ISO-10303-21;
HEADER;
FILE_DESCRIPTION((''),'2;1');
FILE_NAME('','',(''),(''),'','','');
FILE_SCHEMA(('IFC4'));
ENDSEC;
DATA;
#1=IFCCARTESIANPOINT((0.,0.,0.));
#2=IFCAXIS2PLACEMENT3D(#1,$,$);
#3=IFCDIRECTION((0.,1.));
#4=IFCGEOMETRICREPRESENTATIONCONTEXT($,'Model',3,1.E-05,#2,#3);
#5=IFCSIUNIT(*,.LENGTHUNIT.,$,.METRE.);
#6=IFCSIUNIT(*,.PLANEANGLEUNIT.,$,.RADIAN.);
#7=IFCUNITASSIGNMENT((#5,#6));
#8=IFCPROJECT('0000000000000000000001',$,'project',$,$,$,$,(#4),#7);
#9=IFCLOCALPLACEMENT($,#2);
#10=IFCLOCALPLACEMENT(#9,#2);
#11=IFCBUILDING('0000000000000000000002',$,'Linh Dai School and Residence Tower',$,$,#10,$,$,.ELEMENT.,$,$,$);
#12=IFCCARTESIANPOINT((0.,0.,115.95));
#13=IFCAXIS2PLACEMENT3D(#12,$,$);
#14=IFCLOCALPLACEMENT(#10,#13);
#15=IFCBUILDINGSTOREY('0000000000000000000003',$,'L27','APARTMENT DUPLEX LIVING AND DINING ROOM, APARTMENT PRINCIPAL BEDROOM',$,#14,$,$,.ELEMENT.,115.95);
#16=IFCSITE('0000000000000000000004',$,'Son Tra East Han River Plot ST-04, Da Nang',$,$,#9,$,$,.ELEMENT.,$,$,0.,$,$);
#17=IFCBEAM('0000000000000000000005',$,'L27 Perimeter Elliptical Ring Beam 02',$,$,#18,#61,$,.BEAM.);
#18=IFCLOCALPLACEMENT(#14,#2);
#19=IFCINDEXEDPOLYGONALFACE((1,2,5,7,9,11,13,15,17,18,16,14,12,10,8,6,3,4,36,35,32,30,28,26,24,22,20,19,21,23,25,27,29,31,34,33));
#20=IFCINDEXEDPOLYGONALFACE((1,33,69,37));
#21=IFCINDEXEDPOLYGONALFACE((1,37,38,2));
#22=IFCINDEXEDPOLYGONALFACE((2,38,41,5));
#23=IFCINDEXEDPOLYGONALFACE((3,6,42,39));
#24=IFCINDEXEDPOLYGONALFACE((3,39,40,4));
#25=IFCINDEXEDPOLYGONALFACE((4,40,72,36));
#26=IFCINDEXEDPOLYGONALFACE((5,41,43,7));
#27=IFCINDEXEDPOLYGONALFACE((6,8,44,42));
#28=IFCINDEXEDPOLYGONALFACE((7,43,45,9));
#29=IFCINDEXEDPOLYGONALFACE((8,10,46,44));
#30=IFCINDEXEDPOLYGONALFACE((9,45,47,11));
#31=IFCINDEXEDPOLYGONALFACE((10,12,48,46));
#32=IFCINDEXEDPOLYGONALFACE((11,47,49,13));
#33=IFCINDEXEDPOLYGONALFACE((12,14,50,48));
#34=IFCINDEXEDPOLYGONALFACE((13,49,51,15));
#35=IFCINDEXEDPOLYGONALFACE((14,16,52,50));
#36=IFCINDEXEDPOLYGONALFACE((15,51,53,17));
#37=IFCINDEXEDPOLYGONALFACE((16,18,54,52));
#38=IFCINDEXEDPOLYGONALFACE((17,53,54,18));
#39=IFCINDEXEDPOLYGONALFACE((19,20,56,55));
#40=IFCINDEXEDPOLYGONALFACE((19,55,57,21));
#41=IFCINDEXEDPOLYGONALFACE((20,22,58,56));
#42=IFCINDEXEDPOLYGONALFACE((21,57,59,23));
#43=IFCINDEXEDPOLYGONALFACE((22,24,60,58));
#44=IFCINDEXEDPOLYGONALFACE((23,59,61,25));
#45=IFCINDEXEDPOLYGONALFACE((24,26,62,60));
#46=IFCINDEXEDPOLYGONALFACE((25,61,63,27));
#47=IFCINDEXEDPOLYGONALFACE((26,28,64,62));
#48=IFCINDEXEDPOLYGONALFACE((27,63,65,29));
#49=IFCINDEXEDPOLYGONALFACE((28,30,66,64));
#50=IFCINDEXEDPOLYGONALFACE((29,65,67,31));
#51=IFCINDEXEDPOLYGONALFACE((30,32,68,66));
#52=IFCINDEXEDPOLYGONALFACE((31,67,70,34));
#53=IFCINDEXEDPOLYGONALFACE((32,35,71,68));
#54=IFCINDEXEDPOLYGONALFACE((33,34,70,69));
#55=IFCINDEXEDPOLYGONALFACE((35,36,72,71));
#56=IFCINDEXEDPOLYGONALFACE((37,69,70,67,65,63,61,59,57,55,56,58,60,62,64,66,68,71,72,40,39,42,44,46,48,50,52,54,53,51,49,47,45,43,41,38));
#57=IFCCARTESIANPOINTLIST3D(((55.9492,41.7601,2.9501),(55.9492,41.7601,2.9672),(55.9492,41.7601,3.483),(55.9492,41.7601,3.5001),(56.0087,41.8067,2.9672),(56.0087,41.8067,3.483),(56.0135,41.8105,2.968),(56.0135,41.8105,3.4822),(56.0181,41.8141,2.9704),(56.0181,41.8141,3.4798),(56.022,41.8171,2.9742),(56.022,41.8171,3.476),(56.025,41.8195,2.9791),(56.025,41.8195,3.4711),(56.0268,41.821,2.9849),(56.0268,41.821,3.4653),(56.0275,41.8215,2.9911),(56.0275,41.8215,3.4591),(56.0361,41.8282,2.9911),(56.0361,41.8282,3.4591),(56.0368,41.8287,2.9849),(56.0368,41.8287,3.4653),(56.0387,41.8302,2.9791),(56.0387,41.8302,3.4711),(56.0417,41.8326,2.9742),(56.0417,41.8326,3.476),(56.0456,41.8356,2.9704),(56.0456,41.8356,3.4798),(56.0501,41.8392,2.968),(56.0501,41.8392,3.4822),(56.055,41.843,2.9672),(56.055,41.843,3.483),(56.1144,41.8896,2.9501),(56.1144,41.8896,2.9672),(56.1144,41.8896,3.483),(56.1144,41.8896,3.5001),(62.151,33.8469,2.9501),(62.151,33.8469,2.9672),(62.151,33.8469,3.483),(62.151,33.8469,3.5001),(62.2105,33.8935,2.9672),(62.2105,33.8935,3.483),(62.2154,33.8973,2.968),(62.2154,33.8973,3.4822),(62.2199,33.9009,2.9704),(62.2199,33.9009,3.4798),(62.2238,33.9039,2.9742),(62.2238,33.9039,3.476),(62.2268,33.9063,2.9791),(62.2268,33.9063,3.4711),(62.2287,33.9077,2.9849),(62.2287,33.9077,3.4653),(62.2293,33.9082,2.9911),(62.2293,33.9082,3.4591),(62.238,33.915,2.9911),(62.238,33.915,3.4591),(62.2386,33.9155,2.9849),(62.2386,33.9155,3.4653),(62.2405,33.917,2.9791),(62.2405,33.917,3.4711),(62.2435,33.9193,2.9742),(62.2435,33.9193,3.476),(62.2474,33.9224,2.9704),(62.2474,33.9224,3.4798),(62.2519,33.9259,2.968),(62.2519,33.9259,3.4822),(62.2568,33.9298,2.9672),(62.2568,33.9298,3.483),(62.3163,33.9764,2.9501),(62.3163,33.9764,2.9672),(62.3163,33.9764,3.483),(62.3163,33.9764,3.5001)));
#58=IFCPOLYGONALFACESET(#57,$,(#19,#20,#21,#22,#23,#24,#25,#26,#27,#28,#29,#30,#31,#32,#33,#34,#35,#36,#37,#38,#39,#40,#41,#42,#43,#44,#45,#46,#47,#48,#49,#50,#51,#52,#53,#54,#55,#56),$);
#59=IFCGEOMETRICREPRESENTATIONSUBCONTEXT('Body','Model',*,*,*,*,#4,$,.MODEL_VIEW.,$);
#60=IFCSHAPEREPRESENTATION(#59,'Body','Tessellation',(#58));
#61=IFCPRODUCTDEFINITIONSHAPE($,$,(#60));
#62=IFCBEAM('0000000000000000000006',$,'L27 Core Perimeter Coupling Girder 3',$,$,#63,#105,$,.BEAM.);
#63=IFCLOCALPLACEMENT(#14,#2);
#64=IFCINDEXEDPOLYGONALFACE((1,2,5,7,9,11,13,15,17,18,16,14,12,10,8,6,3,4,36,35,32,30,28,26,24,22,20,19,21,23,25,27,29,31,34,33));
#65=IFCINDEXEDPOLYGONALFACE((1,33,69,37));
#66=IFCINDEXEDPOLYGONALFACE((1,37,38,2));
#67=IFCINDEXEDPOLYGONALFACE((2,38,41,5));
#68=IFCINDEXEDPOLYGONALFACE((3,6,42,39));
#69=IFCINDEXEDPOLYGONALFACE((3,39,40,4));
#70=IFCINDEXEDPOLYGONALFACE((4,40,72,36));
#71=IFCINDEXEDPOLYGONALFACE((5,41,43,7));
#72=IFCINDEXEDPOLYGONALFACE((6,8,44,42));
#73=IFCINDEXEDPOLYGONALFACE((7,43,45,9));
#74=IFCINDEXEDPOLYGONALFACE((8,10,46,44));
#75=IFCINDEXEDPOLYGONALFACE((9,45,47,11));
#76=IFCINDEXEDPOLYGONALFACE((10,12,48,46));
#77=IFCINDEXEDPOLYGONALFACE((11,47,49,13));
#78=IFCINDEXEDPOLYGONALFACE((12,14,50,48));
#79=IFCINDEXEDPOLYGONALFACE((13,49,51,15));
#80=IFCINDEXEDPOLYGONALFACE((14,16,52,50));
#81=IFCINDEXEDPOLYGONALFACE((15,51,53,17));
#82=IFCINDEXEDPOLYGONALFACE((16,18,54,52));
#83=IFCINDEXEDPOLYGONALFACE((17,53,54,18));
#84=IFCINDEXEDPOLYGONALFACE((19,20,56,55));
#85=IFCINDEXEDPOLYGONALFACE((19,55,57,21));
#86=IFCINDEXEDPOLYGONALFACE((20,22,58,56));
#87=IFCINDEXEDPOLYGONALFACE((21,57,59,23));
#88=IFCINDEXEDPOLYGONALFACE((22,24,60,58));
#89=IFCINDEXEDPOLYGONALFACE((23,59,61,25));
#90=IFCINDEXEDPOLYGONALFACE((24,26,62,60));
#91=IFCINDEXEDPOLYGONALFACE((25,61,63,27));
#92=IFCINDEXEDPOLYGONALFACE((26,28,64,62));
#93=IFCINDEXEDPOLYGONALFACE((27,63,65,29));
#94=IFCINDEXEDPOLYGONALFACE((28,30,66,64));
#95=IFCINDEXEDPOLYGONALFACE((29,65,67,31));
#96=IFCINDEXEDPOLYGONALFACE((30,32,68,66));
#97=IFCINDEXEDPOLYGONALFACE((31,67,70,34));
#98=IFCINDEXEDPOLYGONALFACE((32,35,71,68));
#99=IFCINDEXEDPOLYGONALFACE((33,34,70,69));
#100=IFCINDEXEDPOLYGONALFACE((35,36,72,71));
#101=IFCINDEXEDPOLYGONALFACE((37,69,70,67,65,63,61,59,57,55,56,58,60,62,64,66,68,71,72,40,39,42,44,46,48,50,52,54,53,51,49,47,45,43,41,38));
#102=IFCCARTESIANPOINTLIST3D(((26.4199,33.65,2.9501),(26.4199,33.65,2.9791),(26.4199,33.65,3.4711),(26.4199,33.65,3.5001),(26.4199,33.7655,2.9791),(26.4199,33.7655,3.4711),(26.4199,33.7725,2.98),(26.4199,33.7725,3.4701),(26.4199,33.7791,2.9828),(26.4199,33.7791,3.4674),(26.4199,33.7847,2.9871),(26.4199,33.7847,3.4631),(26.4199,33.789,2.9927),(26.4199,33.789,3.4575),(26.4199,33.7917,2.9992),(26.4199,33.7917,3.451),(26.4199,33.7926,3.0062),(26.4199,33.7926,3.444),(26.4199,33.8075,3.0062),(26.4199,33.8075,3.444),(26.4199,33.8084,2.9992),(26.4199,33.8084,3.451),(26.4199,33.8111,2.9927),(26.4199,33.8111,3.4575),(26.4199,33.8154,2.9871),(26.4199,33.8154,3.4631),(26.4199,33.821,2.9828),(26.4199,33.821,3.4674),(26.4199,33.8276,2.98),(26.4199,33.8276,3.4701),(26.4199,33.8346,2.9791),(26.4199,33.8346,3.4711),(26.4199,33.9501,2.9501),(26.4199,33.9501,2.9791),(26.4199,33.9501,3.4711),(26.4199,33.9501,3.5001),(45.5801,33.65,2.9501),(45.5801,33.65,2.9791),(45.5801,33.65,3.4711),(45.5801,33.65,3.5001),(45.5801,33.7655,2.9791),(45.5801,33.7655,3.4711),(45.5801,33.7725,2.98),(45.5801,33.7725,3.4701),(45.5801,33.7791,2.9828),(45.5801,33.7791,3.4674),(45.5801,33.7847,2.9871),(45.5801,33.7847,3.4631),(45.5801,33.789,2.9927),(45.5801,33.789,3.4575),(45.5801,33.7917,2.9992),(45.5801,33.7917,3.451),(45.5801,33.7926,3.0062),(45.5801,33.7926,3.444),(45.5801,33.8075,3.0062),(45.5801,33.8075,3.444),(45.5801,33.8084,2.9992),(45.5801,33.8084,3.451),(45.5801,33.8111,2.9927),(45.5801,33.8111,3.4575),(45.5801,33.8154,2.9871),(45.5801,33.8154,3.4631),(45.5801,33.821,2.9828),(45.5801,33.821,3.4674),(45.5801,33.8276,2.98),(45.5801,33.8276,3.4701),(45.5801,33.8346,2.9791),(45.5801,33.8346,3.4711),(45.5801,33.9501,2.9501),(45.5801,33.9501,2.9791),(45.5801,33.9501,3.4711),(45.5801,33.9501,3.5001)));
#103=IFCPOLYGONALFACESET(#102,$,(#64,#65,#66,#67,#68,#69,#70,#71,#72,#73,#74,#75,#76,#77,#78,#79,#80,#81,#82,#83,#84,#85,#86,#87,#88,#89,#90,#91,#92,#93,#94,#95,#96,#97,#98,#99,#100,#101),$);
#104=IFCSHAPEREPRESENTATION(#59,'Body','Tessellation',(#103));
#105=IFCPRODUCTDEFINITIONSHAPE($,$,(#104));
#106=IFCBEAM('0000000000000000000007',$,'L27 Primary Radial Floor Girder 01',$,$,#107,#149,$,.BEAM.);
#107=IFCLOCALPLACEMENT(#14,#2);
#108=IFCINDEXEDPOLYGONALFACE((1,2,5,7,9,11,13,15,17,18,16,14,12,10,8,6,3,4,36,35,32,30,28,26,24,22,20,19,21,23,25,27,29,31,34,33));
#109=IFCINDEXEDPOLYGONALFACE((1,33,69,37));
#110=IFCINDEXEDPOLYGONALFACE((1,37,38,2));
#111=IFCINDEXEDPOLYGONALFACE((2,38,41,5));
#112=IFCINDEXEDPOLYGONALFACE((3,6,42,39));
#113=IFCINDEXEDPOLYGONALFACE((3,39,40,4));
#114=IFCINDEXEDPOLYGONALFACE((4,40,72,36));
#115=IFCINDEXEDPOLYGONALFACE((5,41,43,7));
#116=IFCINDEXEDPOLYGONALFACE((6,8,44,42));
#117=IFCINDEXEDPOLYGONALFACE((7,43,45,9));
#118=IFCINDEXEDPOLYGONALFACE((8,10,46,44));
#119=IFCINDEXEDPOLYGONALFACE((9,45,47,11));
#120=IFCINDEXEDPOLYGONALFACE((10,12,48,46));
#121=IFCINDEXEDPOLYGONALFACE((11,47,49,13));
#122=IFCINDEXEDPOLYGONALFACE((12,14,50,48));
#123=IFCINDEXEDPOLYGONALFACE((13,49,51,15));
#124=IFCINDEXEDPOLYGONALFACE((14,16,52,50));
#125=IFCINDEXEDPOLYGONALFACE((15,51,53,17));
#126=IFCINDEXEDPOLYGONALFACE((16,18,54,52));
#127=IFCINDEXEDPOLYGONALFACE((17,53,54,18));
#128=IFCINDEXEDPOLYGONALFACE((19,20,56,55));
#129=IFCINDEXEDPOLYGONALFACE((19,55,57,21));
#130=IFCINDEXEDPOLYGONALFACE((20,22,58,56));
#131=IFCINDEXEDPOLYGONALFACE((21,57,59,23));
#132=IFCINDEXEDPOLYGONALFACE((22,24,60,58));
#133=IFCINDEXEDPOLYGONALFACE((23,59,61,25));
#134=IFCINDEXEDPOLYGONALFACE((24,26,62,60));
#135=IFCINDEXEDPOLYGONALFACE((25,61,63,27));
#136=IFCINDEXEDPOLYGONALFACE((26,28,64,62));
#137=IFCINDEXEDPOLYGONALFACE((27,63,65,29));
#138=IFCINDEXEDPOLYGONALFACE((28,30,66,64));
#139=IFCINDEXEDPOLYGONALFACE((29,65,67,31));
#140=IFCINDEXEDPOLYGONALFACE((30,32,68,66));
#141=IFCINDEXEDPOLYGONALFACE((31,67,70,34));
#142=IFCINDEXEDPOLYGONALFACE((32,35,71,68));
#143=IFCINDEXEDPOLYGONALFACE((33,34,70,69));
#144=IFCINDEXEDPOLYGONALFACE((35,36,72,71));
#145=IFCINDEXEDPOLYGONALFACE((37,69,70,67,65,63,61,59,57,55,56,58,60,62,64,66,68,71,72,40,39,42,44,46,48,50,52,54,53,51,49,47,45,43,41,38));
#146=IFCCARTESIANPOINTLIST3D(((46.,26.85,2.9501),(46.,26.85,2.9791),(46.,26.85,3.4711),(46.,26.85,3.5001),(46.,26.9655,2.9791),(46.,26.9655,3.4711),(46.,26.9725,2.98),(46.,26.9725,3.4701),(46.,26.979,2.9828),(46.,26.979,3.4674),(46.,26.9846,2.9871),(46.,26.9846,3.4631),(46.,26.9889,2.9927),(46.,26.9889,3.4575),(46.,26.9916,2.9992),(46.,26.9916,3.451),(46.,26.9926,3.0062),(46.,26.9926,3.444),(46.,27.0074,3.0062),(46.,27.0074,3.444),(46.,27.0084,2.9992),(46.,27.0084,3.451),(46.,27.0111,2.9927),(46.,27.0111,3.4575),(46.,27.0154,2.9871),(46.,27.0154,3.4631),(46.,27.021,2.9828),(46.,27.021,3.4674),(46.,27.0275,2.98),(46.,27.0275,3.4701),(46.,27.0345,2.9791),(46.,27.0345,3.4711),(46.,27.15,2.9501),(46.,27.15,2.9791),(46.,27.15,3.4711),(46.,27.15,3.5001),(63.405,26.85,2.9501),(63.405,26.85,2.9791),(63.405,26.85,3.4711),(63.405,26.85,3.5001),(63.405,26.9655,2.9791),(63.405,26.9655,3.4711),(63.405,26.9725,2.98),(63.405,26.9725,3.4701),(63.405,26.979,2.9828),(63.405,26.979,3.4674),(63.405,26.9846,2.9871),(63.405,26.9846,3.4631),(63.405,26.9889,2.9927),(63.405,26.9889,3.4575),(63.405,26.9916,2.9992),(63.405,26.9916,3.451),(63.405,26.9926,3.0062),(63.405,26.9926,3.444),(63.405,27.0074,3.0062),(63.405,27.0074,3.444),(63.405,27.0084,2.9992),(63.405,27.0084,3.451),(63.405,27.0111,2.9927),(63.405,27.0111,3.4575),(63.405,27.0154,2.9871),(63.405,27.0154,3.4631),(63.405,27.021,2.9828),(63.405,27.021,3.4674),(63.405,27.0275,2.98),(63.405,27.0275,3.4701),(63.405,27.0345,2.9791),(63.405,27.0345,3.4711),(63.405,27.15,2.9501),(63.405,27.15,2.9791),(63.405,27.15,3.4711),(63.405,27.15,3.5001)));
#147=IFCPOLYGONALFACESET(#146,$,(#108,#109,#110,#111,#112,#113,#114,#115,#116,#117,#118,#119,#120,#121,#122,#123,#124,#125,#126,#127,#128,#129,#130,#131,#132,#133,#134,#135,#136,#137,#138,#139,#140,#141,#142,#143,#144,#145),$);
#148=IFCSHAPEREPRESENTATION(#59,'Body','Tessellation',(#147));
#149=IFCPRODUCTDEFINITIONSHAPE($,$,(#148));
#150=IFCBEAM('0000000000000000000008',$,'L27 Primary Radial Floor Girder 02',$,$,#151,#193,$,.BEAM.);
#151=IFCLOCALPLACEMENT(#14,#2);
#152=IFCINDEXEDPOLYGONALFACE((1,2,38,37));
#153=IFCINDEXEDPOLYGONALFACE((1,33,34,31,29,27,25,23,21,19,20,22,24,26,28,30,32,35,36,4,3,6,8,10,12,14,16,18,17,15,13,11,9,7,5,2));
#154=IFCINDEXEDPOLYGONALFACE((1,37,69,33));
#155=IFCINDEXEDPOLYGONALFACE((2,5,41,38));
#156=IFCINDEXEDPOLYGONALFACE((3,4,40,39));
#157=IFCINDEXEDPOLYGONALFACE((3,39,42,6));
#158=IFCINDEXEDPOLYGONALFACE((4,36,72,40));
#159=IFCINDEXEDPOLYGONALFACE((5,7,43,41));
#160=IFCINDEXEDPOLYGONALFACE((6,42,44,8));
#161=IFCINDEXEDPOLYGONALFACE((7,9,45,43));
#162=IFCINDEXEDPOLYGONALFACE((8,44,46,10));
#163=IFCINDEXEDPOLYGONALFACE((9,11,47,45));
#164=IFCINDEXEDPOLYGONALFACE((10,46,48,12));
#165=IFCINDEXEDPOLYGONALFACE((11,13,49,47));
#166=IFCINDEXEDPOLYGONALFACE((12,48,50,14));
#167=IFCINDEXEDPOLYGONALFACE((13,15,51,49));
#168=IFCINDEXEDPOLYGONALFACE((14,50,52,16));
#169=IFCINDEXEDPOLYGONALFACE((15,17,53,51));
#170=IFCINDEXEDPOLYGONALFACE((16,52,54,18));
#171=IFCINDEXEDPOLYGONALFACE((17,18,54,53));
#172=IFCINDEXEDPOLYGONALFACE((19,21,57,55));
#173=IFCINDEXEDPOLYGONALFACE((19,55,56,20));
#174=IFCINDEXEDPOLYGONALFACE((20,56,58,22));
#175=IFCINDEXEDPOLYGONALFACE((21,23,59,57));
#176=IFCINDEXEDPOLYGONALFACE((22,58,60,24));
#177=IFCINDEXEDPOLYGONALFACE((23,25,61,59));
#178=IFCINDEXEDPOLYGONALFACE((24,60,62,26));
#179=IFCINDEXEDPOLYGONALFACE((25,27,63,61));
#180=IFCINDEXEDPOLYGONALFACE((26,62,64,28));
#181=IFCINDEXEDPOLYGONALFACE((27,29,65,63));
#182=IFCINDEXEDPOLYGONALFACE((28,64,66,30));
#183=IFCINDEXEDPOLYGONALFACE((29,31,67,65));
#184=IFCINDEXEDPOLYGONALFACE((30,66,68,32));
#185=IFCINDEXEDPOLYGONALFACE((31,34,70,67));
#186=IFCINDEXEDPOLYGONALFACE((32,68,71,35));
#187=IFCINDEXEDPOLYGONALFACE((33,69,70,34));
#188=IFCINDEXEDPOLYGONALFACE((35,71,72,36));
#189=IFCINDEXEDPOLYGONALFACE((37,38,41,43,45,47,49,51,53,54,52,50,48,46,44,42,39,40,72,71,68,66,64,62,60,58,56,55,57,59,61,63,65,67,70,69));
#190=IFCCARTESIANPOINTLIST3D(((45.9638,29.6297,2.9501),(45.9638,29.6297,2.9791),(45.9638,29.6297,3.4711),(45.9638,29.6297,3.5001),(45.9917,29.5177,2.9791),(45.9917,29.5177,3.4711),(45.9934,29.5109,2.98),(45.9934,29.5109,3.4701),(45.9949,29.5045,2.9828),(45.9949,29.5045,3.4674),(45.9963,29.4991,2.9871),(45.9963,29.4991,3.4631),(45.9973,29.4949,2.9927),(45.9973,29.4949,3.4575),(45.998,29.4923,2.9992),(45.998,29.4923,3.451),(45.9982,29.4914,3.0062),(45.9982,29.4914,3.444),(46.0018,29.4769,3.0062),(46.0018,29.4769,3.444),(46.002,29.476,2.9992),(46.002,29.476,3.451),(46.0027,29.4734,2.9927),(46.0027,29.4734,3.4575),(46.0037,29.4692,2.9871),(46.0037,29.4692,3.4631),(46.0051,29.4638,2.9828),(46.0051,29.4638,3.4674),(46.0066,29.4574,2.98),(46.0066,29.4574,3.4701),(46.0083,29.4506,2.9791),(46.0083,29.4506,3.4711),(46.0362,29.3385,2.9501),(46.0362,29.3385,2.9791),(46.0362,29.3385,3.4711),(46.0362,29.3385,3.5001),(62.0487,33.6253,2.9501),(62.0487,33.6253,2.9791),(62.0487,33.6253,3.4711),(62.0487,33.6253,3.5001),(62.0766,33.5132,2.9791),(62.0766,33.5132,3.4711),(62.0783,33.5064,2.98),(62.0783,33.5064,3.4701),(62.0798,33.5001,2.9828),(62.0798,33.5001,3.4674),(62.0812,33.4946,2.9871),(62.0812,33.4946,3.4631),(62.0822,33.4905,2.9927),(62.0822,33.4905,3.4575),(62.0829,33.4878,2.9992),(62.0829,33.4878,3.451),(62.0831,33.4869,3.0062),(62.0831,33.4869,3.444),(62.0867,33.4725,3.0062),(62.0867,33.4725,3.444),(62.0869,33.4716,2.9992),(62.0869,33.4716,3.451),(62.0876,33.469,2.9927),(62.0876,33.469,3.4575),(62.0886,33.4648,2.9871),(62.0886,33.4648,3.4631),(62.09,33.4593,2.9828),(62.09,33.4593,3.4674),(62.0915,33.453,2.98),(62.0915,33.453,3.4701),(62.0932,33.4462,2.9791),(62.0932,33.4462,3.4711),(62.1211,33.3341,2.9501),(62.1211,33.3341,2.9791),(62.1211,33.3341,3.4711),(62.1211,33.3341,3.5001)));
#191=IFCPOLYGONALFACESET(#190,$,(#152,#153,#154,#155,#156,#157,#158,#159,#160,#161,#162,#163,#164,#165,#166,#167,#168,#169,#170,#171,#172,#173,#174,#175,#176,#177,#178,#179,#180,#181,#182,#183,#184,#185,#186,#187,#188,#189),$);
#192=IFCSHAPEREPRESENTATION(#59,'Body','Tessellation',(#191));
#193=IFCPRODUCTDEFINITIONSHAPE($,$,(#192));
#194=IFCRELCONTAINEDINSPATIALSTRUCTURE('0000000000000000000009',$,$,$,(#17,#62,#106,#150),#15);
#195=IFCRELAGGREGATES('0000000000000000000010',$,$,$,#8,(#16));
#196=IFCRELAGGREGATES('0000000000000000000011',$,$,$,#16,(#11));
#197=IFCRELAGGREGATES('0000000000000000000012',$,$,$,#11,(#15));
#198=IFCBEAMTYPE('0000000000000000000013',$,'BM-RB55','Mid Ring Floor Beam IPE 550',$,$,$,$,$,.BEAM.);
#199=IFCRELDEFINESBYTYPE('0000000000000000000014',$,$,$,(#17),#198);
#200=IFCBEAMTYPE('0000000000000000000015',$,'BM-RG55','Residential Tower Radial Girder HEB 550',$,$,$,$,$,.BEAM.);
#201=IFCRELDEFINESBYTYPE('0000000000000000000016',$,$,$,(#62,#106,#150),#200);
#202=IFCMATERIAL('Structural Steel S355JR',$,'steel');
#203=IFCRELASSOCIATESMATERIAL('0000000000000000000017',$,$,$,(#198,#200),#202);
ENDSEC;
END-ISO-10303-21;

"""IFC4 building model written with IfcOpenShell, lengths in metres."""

from ifc_helpers import new_model, si_unit, direction, frame, origin, origin_2d, place, context, subcontext, project, spatial, i_section, extrude, material, material_profile, profile_set, type_object, element, save


model = new_model("IFC4")

# Units and contexts
model_context = context("Model", 3, precision=1e-05, world=origin(), true_north=direction((0.0, 1.0)))
body_context = subcontext(model_context, "Body", "Model", "MODEL_VIEW")
ifc_project = project(units=[si_unit("LENGTHUNIT", "METRE"), si_unit("PLANEANGLEUNIT", "RADIAN")], contexts=[model_context])

# Site, building, storey
site_placement = place(None, origin())
site = spatial("IfcSite", under=ifc_project, at=site_placement, Name="Son Tra East Han River Plot ST-04, Da Nang", CompositionType="ELEMENT", RefElevation=0.0)
building_placement = place(site_placement, origin())
building = spatial("IfcBuilding", under=site, at=building_placement, Name="Linh Dai School and Residence Tower", CompositionType="ELEMENT")
storey_placement = place(building_placement, frame((0.0, 0.0, 115.95)))
storey = spatial("IfcBuildingStorey", under=building, at=storey_placement, Name="L27", Description="APARTMENT DUPLEX LIVING AND DINING ROOM, APARTMENT PRINCIPAL BEDROOM", CompositionType="ELEMENT", Elevation=115.95)

# Shared definitions
ifc_material_1 = material(Name="Structural Steel S355JR", Category="steel")

# Beams
ifc_material_profile_1 = material_profile(ifc_material_1, i_section(OverallWidth=0.21, OverallDepth=0.55, WebThickness=0.011, FlangeThickness=0.0171, FilletRadius=0.0239, at=origin_2d()), Name="IPE 550")
ifc_profile_set_1 = profile_set([ifc_material_profile_1], Name="Structural Steel S355JR")
beam_type_1 = type_object("IfcBeamType", Name="BM-RB55", Description="Mid Ring Floor Beam IPE 550", PredefinedType="BEAM", material=ifc_profile_set_1)
beam_1_placement = place(storey_placement, frame((62.2336, 33.9116, 3.2251), z_axis=(-0.616855, 0.787077, 0.0), x_axis=(-0.787077, -0.616855, 0.0)))
element("IfcBeam", 1, at=beam_1_placement, inside=storey, type_object=beam_type_1, Name="L27 Perimeter Elliptical Ring Beam 02", PredefinedType="BEAM", context=body_context, shape_type="SweptSolid", body=[
    extrude(i_section(OverallWidth=0.21, OverallDepth=0.55, WebThickness=0.011, FlangeThickness=0.0171, FilletRadius=0.0239, at=origin_2d()), origin(), (0.0, 0.0, 1.0), 10.054),
])
ifc_material_profile_2 = material_profile(ifc_material_1, i_section(OverallWidth=0.3, OverallDepth=0.55, WebThickness=0.0149, FlangeThickness=0.0291, FilletRadius=0.0271, at=origin_2d()), Name="HEB 550")
ifc_profile_set_2 = profile_set([ifc_material_profile_2], Name="Structural Steel S355JR")
beam_type_2 = type_object("IfcBeamType", Name="BM-RG55", Description="Residential Tower Radial Girder HEB 550", PredefinedType="BEAM", material=ifc_profile_set_2)
beam_2_placement = place(storey_placement, frame((45.5801, 33.8, 3.2251), z_axis=(-1.0, 0.0, 0.0), x_axis=(0.0, -1.0, 0.0)))
element("IfcBeam", 2, at=beam_2_placement, inside=storey, type_object=beam_type_2, Name="L27 Core Perimeter Coupling Girder 3", PredefinedType="BEAM", context=body_context, shape_type="SweptSolid", body=[
    extrude(i_section(OverallWidth=0.3, OverallDepth=0.55, WebThickness=0.0149, FlangeThickness=0.0291, FilletRadius=0.0271, at=origin_2d()), origin(), (0.0, 0.0, 1.0), 19.1602),
])
beam_3_placement = place(storey_placement, frame((46.0, 27.0, 3.2251), z_axis=(1.0, 0.0, 0.0), x_axis=(0.0, 1.0, 0.0)))
element("IfcBeam", 3, at=beam_3_placement, inside=storey, type_object=beam_type_2, Name="L27 Primary Radial Floor Girder 01", PredefinedType="BEAM", context=body_context, shape_type="SweptSolid", body=[
    extrude(i_section(OverallWidth=0.3, OverallDepth=0.55, WebThickness=0.0149, FlangeThickness=0.0291, FilletRadius=0.0271, at=origin_2d()), origin(), (0.0, 0.0, 1.0), 17.405),
])
beam_4_placement = place(storey_placement, frame((46.0, 29.4841, 3.2251), z_axis=(0.970505, 0.24108, 0.0), x_axis=(-0.24108, 0.970505, 0.0)))
element("IfcBeam", 4, at=beam_4_placement, inside=storey, type_object=beam_type_2, Name="L27 Primary Radial Floor Girder 02", PredefinedType="BEAM", context=body_context, shape_type="SweptSolid", body=[
    extrude(i_section(OverallWidth=0.3, OverallDepth=0.55, WebThickness=0.0149, FlangeThickness=0.0291, FilletRadius=0.0271, at=origin_2d()), origin(), (0.0, 0.0, 1.0), 16.5737),
])

save(model, "model.ifc")
